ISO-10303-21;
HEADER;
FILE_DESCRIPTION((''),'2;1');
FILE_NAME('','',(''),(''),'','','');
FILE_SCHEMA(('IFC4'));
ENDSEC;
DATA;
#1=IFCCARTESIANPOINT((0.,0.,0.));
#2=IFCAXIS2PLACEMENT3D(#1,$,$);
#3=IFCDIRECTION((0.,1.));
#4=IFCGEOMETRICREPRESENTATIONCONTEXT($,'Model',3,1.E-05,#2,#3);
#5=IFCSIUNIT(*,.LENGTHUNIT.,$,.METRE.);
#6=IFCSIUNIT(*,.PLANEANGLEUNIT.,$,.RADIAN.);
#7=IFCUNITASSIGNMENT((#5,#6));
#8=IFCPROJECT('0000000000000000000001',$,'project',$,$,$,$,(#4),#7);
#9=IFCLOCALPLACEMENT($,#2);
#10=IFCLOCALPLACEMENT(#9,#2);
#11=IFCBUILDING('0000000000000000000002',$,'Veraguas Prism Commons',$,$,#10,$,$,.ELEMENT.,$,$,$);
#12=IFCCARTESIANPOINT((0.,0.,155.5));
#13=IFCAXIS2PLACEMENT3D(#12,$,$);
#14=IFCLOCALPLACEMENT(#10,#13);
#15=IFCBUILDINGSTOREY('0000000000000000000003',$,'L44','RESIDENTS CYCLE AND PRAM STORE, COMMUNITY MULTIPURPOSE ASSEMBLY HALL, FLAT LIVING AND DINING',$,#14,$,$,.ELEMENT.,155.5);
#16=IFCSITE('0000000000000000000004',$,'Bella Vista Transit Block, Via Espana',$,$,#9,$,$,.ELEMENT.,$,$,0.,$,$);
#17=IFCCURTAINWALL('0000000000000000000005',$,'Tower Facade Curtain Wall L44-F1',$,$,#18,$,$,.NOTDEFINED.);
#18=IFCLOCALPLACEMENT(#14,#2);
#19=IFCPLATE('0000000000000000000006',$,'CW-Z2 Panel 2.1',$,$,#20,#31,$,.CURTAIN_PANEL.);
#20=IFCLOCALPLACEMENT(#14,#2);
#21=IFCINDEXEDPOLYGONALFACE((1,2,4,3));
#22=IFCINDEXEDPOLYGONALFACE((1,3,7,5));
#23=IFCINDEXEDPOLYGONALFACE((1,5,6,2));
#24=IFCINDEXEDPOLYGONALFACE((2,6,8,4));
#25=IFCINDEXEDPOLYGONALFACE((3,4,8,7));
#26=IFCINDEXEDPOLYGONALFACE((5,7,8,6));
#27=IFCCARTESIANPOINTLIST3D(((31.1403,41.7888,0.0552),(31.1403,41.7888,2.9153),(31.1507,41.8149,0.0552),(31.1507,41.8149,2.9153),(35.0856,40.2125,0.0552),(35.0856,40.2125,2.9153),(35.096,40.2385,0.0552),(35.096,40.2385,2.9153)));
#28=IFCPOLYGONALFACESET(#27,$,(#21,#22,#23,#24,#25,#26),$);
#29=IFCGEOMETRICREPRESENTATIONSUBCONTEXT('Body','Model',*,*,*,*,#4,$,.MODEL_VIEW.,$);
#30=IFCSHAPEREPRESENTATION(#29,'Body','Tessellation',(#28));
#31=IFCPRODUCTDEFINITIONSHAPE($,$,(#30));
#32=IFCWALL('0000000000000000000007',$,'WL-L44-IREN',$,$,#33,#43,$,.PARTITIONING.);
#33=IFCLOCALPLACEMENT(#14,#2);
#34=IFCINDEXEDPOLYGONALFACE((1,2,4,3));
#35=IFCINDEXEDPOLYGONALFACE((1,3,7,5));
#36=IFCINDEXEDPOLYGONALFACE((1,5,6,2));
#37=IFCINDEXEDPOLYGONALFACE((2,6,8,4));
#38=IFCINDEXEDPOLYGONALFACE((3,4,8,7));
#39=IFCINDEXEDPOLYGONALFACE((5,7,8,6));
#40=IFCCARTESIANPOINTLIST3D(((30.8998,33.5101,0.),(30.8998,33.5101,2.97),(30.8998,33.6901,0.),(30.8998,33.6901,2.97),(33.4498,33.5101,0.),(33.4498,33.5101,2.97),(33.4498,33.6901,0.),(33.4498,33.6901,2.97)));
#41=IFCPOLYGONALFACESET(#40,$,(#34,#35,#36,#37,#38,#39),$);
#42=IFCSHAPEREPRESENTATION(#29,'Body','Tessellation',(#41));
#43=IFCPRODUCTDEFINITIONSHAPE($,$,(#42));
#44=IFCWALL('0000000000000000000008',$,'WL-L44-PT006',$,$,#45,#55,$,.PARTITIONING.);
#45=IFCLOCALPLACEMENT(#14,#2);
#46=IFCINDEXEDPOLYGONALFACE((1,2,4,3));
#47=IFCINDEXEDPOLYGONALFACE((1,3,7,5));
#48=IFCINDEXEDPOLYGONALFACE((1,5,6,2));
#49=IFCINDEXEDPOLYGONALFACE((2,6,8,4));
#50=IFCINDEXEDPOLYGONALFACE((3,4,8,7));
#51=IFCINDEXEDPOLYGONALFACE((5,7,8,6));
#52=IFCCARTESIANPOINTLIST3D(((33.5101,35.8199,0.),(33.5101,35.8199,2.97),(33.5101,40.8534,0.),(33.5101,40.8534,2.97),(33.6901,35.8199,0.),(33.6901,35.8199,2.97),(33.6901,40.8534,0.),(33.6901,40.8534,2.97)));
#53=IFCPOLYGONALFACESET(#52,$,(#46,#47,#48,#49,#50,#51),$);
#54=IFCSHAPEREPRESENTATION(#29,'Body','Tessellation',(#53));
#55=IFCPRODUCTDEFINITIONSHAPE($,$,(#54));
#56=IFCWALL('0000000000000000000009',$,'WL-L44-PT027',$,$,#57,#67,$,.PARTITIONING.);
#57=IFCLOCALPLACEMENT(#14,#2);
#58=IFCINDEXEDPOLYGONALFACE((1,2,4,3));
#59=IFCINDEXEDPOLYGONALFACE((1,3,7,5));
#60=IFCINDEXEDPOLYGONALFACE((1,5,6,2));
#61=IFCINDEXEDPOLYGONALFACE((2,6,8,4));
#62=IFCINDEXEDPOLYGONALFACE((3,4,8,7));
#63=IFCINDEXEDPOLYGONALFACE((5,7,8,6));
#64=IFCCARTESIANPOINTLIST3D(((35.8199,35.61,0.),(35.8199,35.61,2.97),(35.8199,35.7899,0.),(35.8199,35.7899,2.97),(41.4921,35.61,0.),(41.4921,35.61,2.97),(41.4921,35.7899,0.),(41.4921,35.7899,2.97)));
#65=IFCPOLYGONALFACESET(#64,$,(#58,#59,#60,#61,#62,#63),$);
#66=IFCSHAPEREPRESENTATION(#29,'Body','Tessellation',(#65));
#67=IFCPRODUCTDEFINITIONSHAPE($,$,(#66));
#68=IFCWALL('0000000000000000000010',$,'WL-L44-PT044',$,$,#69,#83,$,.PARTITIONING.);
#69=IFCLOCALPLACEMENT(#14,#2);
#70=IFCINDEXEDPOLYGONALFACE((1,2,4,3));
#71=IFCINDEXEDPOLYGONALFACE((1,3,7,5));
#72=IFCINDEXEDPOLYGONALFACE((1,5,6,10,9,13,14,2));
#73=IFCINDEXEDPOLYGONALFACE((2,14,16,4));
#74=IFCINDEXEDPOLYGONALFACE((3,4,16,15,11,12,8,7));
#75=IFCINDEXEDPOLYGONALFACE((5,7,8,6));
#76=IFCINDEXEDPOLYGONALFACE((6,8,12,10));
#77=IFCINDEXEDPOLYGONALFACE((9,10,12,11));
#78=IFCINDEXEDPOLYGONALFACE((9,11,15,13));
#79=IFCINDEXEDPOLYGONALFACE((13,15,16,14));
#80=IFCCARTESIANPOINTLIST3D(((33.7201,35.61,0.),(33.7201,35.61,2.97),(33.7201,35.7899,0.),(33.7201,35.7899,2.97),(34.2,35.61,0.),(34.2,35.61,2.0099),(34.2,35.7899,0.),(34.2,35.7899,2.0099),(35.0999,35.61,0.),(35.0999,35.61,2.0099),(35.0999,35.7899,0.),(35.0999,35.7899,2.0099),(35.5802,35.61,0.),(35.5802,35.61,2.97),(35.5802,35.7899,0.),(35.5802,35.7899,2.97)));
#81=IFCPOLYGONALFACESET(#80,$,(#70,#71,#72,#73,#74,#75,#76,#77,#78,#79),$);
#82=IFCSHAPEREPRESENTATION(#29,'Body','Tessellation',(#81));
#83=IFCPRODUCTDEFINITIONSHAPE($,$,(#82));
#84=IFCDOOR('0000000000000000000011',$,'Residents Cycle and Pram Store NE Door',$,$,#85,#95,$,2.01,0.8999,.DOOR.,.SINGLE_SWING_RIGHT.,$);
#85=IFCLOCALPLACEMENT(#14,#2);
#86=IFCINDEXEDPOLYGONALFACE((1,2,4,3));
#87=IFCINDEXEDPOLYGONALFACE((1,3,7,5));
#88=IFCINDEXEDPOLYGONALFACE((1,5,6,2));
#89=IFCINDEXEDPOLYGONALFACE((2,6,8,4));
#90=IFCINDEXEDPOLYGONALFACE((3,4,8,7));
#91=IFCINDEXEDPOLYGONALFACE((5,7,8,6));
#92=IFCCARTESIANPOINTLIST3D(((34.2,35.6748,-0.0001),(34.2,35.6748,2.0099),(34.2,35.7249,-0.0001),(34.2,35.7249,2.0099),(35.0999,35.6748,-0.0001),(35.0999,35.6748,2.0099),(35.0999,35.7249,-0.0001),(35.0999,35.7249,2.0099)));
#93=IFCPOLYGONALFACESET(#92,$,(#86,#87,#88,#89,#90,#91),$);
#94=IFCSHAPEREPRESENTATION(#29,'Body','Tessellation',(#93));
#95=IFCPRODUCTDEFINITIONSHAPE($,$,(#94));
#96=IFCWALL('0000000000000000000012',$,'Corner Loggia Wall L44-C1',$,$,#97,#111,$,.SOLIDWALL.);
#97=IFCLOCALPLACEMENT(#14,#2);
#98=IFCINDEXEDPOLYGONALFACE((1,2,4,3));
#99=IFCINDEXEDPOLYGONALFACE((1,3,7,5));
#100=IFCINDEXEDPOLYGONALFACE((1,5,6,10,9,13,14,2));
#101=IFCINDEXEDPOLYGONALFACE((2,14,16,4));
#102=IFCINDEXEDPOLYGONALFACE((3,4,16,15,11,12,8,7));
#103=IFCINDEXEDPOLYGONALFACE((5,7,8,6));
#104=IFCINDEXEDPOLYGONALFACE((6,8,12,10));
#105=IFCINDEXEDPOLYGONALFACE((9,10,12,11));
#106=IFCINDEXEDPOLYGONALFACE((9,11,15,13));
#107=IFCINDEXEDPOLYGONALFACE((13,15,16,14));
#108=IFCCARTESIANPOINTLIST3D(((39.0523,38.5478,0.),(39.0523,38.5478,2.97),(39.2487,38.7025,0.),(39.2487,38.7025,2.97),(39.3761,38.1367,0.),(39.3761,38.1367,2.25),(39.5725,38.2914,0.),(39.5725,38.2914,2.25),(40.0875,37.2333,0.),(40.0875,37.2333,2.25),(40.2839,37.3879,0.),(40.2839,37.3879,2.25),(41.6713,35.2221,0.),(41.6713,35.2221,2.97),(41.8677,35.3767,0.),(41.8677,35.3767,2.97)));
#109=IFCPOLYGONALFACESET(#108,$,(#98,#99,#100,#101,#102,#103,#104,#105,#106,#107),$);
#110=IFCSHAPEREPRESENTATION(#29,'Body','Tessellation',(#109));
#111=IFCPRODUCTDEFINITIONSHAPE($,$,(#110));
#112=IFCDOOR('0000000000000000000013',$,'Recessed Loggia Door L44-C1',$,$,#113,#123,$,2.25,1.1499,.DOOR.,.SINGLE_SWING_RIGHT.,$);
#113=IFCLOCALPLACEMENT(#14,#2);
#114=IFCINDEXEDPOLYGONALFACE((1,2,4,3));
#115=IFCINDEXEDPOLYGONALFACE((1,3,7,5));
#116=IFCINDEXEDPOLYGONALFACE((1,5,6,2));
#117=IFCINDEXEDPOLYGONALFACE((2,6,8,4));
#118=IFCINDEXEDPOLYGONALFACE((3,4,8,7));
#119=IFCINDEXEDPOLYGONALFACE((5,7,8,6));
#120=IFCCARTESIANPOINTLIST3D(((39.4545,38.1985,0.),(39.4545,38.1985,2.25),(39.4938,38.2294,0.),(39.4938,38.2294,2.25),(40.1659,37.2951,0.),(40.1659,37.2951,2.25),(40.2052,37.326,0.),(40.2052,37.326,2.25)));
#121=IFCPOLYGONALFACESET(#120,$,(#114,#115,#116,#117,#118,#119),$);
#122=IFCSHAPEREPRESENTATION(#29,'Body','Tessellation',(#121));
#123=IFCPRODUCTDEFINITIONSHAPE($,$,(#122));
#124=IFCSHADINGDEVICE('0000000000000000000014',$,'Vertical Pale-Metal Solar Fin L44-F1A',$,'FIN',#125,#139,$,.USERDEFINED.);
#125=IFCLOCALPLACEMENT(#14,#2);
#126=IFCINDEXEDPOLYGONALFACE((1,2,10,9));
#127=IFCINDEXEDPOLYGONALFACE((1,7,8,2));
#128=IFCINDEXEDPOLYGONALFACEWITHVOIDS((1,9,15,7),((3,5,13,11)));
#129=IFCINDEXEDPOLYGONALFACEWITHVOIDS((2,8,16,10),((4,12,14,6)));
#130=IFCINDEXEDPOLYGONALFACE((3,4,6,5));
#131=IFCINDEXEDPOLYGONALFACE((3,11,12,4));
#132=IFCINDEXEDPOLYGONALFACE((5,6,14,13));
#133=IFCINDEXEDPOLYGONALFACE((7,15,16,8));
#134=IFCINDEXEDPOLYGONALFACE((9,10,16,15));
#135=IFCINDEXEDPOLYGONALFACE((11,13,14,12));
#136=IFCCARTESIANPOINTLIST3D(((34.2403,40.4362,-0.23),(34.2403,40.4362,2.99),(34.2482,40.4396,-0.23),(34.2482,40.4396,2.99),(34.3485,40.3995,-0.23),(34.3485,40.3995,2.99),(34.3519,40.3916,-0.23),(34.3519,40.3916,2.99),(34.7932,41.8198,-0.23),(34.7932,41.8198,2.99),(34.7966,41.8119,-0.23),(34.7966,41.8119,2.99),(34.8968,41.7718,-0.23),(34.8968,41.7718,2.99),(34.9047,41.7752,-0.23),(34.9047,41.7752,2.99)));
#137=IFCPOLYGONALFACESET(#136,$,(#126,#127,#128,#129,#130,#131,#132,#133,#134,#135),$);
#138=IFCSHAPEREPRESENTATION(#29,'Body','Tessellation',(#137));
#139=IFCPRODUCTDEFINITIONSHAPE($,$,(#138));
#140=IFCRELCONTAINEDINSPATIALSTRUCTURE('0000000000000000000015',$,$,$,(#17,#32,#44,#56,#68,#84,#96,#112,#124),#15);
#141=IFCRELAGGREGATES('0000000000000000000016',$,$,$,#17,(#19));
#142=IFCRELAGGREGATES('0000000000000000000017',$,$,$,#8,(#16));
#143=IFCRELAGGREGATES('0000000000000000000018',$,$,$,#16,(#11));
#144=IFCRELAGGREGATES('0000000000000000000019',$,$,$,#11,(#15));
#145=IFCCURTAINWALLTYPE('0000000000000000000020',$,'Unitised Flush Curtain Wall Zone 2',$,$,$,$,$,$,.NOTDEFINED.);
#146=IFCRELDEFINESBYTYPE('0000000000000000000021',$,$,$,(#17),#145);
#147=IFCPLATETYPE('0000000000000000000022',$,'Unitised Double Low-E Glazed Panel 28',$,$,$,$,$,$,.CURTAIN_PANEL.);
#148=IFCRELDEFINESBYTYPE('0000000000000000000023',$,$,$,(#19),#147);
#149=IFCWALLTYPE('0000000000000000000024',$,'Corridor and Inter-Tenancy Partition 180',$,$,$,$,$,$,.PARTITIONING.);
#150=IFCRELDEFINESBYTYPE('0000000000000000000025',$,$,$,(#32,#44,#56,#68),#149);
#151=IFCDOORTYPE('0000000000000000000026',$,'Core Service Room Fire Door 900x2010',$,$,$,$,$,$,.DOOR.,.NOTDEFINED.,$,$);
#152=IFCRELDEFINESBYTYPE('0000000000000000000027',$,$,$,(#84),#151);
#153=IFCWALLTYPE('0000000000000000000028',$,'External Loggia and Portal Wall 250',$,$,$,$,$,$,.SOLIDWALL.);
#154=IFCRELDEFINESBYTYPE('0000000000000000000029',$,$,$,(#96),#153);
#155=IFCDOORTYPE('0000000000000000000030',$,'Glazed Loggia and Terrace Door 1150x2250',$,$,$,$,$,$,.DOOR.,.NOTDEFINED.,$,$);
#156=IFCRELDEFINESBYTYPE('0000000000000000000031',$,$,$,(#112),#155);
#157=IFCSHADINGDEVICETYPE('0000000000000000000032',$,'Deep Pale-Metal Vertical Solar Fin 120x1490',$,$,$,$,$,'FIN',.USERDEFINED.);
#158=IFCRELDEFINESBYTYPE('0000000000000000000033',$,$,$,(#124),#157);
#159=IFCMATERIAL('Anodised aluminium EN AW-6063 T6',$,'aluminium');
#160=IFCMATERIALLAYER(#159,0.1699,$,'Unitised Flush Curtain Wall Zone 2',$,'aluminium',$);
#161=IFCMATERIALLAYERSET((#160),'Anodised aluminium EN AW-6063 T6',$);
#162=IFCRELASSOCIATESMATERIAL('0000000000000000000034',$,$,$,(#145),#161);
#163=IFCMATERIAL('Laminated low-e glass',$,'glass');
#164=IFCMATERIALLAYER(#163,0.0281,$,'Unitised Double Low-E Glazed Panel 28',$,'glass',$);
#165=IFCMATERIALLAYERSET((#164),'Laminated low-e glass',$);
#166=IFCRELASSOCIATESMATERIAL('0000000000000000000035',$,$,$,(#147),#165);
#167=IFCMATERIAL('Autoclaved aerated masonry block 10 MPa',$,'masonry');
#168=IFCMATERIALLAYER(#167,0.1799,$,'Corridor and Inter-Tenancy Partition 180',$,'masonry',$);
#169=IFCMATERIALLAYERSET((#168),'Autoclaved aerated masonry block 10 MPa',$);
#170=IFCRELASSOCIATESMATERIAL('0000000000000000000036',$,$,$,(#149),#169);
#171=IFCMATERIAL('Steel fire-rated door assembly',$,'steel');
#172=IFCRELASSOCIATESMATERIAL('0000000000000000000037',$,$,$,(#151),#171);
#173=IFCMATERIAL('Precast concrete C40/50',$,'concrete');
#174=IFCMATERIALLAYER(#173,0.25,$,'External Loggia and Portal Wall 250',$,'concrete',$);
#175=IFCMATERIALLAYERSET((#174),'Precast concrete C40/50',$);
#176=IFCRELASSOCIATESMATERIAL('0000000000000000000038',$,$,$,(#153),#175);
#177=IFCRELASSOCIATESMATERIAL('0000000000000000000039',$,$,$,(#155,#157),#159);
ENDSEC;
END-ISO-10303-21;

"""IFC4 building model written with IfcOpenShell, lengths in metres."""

from ifc_helpers import new_model, si_unit, direction, frame, frame_2d, origin, origin_2d, place, context, subcontext, project, spatial, rectangle, hollow_rectangle, extrude, source, transform, mapped, material, layer, layer_set, material_profile, profile_set, type_object, element, fill, aggregate, save


model = new_model("IFC4")

# Units and contexts
model_context = context("Model", 3, precision=1e-05, world=origin(), true_north=direction((0.0, 1.0)))
body_context = subcontext(model_context, "Body", "Model", "MODEL_VIEW")
ifc_project = project(units=[si_unit("LENGTHUNIT", "METRE"), si_unit("PLANEANGLEUNIT", "RADIAN")], contexts=[model_context])

# Site, building, storey
site_placement = place(None, origin())
site = spatial("IfcSite", under=ifc_project, at=site_placement, Name="Bella Vista Transit Block, Via Espana", CompositionType="ELEMENT", RefElevation=0.0)
building_placement = place(site_placement, origin())
building = spatial("IfcBuilding", under=site, at=building_placement, Name="Veraguas Prism Commons", CompositionType="ELEMENT")
storey_placement = place(building_placement, frame((0.0, 0.0, 155.5)))
storey = spatial("IfcBuildingStorey", under=building, at=storey_placement, Name="L44", Description="RESIDENTS CYCLE AND PRAM STORE, COMMUNITY MULTIPURPOSE ASSEMBLY HALL, FLAT LIVING AND DINING", CompositionType="ELEMENT", Elevation=155.5)

# Curtain wall
ifc_material_1 = material(Name="Anodised aluminium EN AW-6063 T6", Category="aluminium")
ifc_layer_1 = layer(ifc_material_1, 0.1699, Name="Unitised Flush Curtain Wall Zone 2", Category="aluminium")
ifc_layer_set_1 = layer_set([ifc_layer_1], Name="Anodised aluminium EN AW-6063 T6")
curtain_wall_type = type_object("IfcCurtainWallType", Name="Unitised Flush Curtain Wall Zone 2", PredefinedType="NOTDEFINED", material=ifc_layer_set_1)
curtain_wall_1_placement = place(storey_placement, origin())
curtain_wall_1 = element("IfcCurtainWall", 1, at=curtain_wall_1_placement, inside=storey, type_object=curtain_wall_type, Name="Tower Facade Curtain Wall L44-F1", PredefinedType="NOTDEFINED")

# Plate
ifc_material_2 = material(Name="Laminated low-e glass", Category="glass")
ifc_layer_2 = layer(ifc_material_2, 0.0281, Name="Unitised Double Low-E Glazed Panel 28", Category="glass")
ifc_layer_set_2 = layer_set([ifc_layer_2], Name="Laminated low-e glass")
plate_type = type_object("IfcPlateType", Name="Unitised Double Low-E Glazed Panel 28", PredefinedType="CURTAIN_PANEL", material=ifc_layer_set_2)
shared_shape_1 = source(origin(), body_context, "Body", "SweptSolid", [
    extrude(rectangle(XDim=4.2485, YDim=0.0281, at=origin_2d()), origin(), (0.0, 0.0, 1.0), 2.8601),
])
plate_1_placement = place(storey_placement, frame((33.1182, 41.0137, 0.0552), z_axis=(0.0, 0.0, 1.0), x_axis=(-0.928617, 0.371039, 0.0)))
plate_1 = element("IfcPlate", 2, at=plate_1_placement, type_object=plate_type, Name="CW-Z2 Panel 2.1", PredefinedType="CURTAIN_PANEL", context=body_context, shape_type="MappedRepresentation", body=[
    mapped(shared_shape_1, transform((0.0, 0.0, 0.0), scale=1.0)),
])
aggregate(curtain_wall_1, [plate_1])

# Walls
ifc_material_3 = material(Name="Autoclaved aerated masonry block 10 MPa", Category="masonry")
ifc_layer_3 = layer(ifc_material_3, 0.1799, Name="Corridor and Inter-Tenancy Partition 180", Category="masonry")
ifc_layer_set_3 = layer_set([ifc_layer_3], Name="Autoclaved aerated masonry block 10 MPa")
wall_type_1 = type_object("IfcWallType", Name="Corridor and Inter-Tenancy Partition 180", PredefinedType="PARTITIONING", material=ifc_layer_set_3)
wall_1_placement = place(storey_placement, frame((30.8999, 33.6001, 0.0), z_axis=(0.0, 0.0, 1.0), x_axis=(1.0, 0.0, 0.0)))
element("IfcWall", 3, at=wall_1_placement, inside=storey, type_object=wall_type_1, Name="WL-L44-IREN", PredefinedType="PARTITIONING", context=body_context, shape_type="SweptSolid", body=[
    extrude(rectangle(XDim=2.55, YDim=0.1799, at=frame_2d((1.2749, 0.0))), origin(), (0.0, 0.0, 1.0), 2.97),
])
wall_2_placement = place(storey_placement, frame((33.6001, 35.8201, 0.0), z_axis=(0.0, 0.0, 1.0), x_axis=(0.0, 1.0, 0.0)))
element("IfcWall", 4, at=wall_2_placement, inside=storey, type_object=wall_type_1, Name="WL-L44-PT006", PredefinedType="PARTITIONING", context=body_context, shape_type="SweptSolid", body=[
    extrude(rectangle(XDim=5.0334, YDim=0.1799, at=frame_2d((2.5166, 0.0))), origin(), (0.0, 0.0, 1.0), 2.97),
])
wall_3_placement = place(storey_placement, frame((35.8201, 35.7, 0.0), z_axis=(0.0, 0.0, 1.0), x_axis=(1.0, 0.0, 0.0)))
element("IfcWall", 5, at=wall_3_placement, inside=storey, type_object=wall_type_1, Name="WL-L44-PT027", PredefinedType="PARTITIONING", context=body_context, shape_type="SweptSolid", body=[
    extrude(rectangle(XDim=5.6721, YDim=0.1799, at=frame_2d((2.8359, 0.0))), origin(), (0.0, 0.0, 1.0), 2.97),
])

# Walls, openings, doors
wall_4_placement = place(storey_placement, frame((33.72, 35.7, 0.0), z_axis=(0.0, 0.0, 1.0), x_axis=(1.0, 0.0, 0.0)))
wall_4 = element("IfcWall", 6, at=wall_4_placement, inside=storey, type_object=wall_type_1, Name="WL-L44-PT044", PredefinedType="PARTITIONING", context=body_context, shape_type="SweptSolid", body=[
    extrude(rectangle(XDim=1.8601, YDim=0.1799, at=frame_2d((0.9302, 0.0))), origin(), (0.0, 0.0, 1.0), 2.97),
])
opening_1_placement = place(wall_4_placement, frame((0.48, 0.0, 0.0)))
opening_1 = element("IfcOpeningElement", 7, at=opening_1_placement, cuts=wall_4, PredefinedType="OPENING", context=body_context, shape_type="SweptSolid", body=[
    extrude(rectangle(XDim=0.8999, YDim=2.01, at=frame_2d((0.45, 1.0049))), frame((0.0, 0.0999, 0.0), z_axis=(0.0, -1.0, 0.0), x_axis=(1.0, 0.0, 0.0)), (0.0, 0.0, 1.0), 0.2),
])
ifc_material_4 = material(Name="Steel fire-rated door assembly", Category="steel")
door_type_1 = type_object("IfcDoorType", Name="Core Service Room Fire Door 900x2010", OperationType="NOTDEFINED", PredefinedType="DOOR", material=ifc_material_4)
shared_shape_2 = source(origin(), body_context, "Body", "SweptSolid", [
    extrude(rectangle(XDim=0.8999, YDim=2.01, at=frame_2d((0.45, 1.0049))), frame((0.0, 0.0249, 0.0), z_axis=(0.0, -1.0, 0.0), x_axis=(1.0, 0.0, 0.0)), (0.0, 0.0, 1.0), 0.05),
])
door_1_placement = place(opening_1_placement, origin())
door_1 = element("IfcDoor", 8, at=door_1_placement, inside=storey, type_object=door_type_1, Name="Residents Cycle and Pram Store NE Door", OperationType="SINGLE_SWING_RIGHT", OverallHeight=2.01, OverallWidth=0.8999, PredefinedType="DOOR", context=body_context, shape_type="MappedRepresentation", body=[
    mapped(shared_shape_2, transform((0.0, 0.0, 0.0), scale=1.0)),
])
fill(opening_1, door_1)
ifc_material_5 = material(Name="Precast concrete C40/50", Category="concrete")
ifc_layer_4 = layer(ifc_material_5, 0.25, Name="External Loggia and Portal Wall 250", Category="concrete")
ifc_layer_set_4 = layer_set([ifc_layer_4], Name="Precast concrete C40/50")
wall_type_2 = type_object("IfcWallType", Name="External Loggia and Portal Wall 250", PredefinedType="SOLIDWALL", material=ifc_layer_set_4)
wall_5_placement = place(storey_placement, frame((41.7695, 35.2993, 0.0), z_axis=(0.0, 0.0, 1.0), x_axis=(-0.618677, 0.785645, 0.0)))
wall_5 = element("IfcWall", 9, at=wall_5_placement, inside=storey, type_object=wall_type_2, Name="Corner Loggia Wall L44-C1", PredefinedType="SOLIDWALL", context=body_context, shape_type="SweptSolid", body=[
    extrude(rectangle(XDim=4.2332, YDim=0.25, at=frame_2d((2.1167, 0.0))), origin(), (0.0, 0.0, 1.0), 2.97),
])
opening_2_placement = place(wall_5_placement, frame((2.5601, 0.0, 0.0)))
opening_2 = element("IfcOpeningElement", 10, at=opening_2_placement, cuts=wall_5, PredefinedType="OPENING", context=body_context, shape_type="SweptSolid", body=[
    extrude(rectangle(XDim=1.1499, YDim=2.25, at=frame_2d((0.575, 1.125))), frame((0.0, 0.135, 0.0), z_axis=(0.0, -1.0, 0.0), x_axis=(1.0, 0.0, 0.0)), (0.0, 0.0, 1.0), 0.27),
])
door_type_2 = type_object("IfcDoorType", Name="Glazed Loggia and Terrace Door 1150x2250", OperationType="NOTDEFINED", PredefinedType="DOOR", material=ifc_material_1)
shared_shape_3 = source(origin(), body_context, "Body", "SweptSolid", [
    extrude(rectangle(XDim=1.1499, YDim=2.25, at=frame_2d((0.575, 1.125))), frame((0.0, 0.0249, 0.0), z_axis=(0.0, -1.0, 0.0), x_axis=(1.0, 0.0, 0.0)), (0.0, 0.0, 1.0), 0.05),
])
door_2_placement = place(opening_2_placement, frame((1.1499, 0.0, 0.0), z_axis=(0.0, 0.0, 1.0), x_axis=(-1.0, 0.0, 0.0)))
door_2 = element("IfcDoor", 11, at=door_2_placement, inside=storey, type_object=door_type_2, Name="Recessed Loggia Door L44-C1", OperationType="SINGLE_SWING_RIGHT", OverallHeight=2.25, OverallWidth=1.1499, PredefinedType="DOOR", context=body_context, shape_type="MappedRepresentation", body=[
    mapped(shared_shape_3, transform((0.0, 0.0, 0.0), scale=1.0)),
])
fill(opening_2, door_2)

# Shading device
ifc_material_profile_1 = material_profile(ifc_material_1, hollow_rectangle(XDim=0.1201, YDim=1.49, WallThickness=0.0061, at=origin_2d()), Name="FIN120X1490X6")
ifc_profile_set_1 = profile_set([ifc_material_profile_1], Name="Anodised aluminium EN AW-6063 T6")
shading_device_type = type_object("IfcShadingDeviceType", Name="Deep Pale-Metal Vertical Solar Fin 120x1490", ElementType="FIN", PredefinedType="USERDEFINED", material=ifc_profile_set_1)
shading_device_placement = place(storey_placement, frame((34.5725, 41.1057, -0.23), z_axis=(0.0, 0.0, 1.0), x_axis=(-0.928615, 0.371044, 0.0)))
element("IfcShadingDevice", 12, at=shading_device_placement, inside=storey, type_object=shading_device_type, Name="Vertical Pale-Metal Solar Fin L44-F1A", ObjectType="FIN", PredefinedType="USERDEFINED", context=body_context, shape_type="SweptSolid", body=[
    extrude(hollow_rectangle(XDim=0.1201, YDim=1.49, WallThickness=0.0061, at=origin_2d()), origin(), (0.0, 0.0, 1.0), 3.22),
])

save(model, "model.ifc")
